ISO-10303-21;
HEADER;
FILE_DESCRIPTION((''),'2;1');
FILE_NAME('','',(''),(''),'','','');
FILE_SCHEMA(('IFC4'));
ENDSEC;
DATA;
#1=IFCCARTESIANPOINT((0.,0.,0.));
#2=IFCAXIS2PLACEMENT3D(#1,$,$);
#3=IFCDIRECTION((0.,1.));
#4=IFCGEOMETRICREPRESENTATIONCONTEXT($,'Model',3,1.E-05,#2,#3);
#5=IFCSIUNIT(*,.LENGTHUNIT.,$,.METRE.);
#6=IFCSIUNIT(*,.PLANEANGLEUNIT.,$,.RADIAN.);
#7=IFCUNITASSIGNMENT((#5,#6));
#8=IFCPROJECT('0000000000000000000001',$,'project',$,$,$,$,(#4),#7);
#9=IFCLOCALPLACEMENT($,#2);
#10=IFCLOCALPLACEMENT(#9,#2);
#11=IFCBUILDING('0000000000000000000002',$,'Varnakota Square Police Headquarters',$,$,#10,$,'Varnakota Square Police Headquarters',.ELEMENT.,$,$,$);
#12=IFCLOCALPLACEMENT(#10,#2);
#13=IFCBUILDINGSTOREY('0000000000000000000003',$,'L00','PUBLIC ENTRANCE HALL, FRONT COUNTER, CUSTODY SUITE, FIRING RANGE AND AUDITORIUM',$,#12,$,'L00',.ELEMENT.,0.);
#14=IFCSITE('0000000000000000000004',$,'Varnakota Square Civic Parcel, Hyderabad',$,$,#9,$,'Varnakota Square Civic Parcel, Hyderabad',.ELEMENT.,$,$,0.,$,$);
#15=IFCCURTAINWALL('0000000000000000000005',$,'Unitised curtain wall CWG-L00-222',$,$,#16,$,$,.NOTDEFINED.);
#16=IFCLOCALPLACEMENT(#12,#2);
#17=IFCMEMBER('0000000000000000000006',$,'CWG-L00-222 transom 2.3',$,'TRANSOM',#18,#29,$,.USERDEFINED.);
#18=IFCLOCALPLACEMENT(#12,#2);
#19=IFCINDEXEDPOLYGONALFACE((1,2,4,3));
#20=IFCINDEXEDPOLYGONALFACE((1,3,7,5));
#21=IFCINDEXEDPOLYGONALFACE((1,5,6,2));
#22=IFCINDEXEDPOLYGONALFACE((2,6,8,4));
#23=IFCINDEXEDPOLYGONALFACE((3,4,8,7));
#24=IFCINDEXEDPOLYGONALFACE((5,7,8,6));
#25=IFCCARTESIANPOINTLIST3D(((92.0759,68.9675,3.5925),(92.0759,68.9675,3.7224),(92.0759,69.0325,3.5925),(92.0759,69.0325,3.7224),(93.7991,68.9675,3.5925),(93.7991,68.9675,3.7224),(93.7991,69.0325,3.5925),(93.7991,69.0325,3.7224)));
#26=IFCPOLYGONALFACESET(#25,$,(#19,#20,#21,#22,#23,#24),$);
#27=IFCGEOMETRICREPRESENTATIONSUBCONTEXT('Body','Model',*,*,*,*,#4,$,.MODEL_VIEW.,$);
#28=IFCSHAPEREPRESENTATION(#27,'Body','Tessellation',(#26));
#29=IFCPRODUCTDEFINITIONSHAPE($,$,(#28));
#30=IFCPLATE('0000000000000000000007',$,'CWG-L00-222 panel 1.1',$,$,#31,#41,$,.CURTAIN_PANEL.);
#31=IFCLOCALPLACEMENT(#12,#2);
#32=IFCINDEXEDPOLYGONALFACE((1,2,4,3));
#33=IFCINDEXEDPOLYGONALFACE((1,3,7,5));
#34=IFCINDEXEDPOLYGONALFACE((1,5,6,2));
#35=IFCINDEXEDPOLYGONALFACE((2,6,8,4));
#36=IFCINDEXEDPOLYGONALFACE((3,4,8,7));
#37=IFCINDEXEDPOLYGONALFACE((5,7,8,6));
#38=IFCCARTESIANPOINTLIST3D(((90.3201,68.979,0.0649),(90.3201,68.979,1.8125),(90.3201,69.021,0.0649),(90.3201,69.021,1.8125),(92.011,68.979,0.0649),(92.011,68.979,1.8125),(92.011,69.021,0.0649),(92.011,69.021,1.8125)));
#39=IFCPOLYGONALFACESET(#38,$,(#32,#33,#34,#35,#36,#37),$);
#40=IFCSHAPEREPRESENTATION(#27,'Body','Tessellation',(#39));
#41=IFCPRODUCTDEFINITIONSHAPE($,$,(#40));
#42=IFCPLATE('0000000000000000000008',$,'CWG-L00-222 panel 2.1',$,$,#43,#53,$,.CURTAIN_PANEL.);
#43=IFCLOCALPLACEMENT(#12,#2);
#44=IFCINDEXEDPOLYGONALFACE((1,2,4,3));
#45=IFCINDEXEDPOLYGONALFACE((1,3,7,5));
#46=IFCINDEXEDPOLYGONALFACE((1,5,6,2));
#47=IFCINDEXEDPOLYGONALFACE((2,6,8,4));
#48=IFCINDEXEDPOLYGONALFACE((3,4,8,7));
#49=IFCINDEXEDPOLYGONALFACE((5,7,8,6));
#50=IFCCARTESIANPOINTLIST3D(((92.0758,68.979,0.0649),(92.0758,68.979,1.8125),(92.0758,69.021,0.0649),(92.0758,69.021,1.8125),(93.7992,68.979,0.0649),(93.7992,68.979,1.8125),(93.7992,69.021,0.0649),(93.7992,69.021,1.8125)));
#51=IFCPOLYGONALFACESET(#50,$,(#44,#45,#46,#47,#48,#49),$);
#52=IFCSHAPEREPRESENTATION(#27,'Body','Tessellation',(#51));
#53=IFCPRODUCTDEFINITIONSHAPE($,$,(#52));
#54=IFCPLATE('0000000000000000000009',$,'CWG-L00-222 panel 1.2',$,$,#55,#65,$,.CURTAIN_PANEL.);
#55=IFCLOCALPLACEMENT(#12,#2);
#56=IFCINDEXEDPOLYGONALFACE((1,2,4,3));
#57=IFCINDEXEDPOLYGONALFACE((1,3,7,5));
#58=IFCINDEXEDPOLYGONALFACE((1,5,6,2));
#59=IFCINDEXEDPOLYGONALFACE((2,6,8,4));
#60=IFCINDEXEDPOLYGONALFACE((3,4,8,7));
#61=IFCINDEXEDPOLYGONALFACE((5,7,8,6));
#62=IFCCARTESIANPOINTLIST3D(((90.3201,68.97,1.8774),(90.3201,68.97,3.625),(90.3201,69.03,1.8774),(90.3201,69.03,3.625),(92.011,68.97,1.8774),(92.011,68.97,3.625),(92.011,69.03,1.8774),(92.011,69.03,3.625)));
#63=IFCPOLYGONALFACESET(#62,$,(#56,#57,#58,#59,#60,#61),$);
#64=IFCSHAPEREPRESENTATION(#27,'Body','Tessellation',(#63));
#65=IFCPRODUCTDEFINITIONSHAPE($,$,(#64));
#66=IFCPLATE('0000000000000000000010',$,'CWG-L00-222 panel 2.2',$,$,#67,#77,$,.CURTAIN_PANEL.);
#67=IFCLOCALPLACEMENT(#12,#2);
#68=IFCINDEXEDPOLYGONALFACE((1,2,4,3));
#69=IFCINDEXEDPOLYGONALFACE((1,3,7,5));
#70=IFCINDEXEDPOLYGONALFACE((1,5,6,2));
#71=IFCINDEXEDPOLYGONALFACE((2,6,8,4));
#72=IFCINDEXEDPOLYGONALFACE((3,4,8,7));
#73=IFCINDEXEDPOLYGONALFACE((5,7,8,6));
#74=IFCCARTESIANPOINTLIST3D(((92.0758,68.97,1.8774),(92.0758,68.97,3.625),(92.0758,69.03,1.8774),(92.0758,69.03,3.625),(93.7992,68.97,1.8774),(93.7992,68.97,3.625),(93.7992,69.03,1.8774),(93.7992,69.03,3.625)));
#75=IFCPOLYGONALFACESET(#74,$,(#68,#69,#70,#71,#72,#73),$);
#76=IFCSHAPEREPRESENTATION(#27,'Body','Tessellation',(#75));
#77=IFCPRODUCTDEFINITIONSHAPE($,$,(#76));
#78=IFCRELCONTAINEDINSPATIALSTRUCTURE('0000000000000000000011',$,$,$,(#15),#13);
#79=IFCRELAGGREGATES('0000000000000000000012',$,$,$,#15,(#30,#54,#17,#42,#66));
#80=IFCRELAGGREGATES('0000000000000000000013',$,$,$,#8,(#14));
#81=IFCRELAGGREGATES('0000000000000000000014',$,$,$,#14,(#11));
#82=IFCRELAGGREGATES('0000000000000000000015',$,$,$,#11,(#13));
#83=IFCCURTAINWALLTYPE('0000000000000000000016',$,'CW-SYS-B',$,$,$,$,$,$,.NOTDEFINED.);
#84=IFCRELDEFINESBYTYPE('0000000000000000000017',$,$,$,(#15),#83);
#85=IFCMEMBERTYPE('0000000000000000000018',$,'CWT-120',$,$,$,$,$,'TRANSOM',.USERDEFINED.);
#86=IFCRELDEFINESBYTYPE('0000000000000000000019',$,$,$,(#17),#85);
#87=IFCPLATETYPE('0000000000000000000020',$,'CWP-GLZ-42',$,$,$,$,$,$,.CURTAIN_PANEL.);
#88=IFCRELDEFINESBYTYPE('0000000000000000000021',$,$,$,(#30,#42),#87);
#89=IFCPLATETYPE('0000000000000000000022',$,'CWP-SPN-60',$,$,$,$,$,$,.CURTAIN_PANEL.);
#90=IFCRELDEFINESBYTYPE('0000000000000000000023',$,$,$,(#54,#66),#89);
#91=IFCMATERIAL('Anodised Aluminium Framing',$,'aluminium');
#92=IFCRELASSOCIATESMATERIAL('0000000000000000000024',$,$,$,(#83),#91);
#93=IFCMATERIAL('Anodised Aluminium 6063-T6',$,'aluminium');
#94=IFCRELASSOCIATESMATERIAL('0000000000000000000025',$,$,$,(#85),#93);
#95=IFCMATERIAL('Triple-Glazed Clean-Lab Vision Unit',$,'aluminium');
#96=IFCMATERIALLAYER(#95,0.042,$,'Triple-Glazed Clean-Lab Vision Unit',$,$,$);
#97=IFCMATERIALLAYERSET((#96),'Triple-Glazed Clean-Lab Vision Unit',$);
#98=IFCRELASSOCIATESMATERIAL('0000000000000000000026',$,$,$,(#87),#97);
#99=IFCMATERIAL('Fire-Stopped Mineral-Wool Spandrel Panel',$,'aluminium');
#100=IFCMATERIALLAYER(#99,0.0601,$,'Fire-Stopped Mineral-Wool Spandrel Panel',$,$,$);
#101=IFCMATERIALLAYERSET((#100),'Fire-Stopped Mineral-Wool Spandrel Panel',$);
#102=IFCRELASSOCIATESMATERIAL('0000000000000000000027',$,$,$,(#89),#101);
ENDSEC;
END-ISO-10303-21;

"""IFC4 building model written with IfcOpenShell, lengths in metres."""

from ifc_helpers import new_model, si_unit, direction, frame, origin, origin_2d, place, context, subcontext, project, spatial, rectangle, extrude, material, layer, layer_set, material_profile, profile_set, type_object, element, aggregate, save


model = new_model("IFC4")

# Units and contexts
model_context = context("Model", 3, precision=1e-05, world=origin(), true_north=direction((0.0, 1.0)))
body_context = subcontext(model_context, "Body", "Model", "MODEL_VIEW")
ifc_project = project(units=[si_unit("LENGTHUNIT", "METRE"), si_unit("PLANEANGLEUNIT", "RADIAN")], contexts=[model_context])

# Site, building, storey
site_placement = place(None, origin())
site = spatial("IfcSite", under=ifc_project, at=site_placement, Name="Varnakota Square Civic Parcel, Hyderabad", LongName="Varnakota Square Civic Parcel, Hyderabad", CompositionType="ELEMENT", RefElevation=0.0)
building_placement = place(site_placement, origin())
building = spatial("IfcBuilding", under=site, at=building_placement, Name="Varnakota Square Police Headquarters", LongName="Varnakota Square Police Headquarters", CompositionType="ELEMENT")
storey_placement = place(building_placement, origin())
storey = spatial("IfcBuildingStorey", under=building, at=storey_placement, Name="L00", Description="PUBLIC ENTRANCE HALL, FRONT COUNTER, CUSTODY SUITE, FIRING RANGE AND AUDITORIUM", LongName="L00", CompositionType="ELEMENT", Elevation=0.0)

# Curtain wall, member, plates
ifc_material_1 = material(Name="Anodised Aluminium Framing", Category="aluminium")
curtain_wall_type = type_object("IfcCurtainWallType", Name="CW-SYS-B", PredefinedType="NOTDEFINED", material=ifc_material_1)
curtain_wall_placement = place(storey_placement, origin())
curtain_wall = element("IfcCurtainWall", 1, at=curtain_wall_placement, inside=storey, type_object=curtain_wall_type, Name="Unitised curtain wall CWG-L00-222", PredefinedType="NOTDEFINED")
ifc_material_2 = material(Name="Anodised Aluminium 6063-T6", Category="aluminium")
ifc_material_profile_1 = material_profile(ifc_material_2, rectangle(XDim=0.0649, YDim=0.1299, at=origin_2d()), Name="ALU TRANSOM 65x130")
ifc_profile_set_1 = profile_set([ifc_material_profile_1], Name="Anodised Aluminium 6063-T6")
member_type_1 = type_object("IfcMemberType", Name="CWT-120", ElementType="TRANSOM", PredefinedType="USERDEFINED", material=ifc_profile_set_1)
member_1_placement = place(storey_placement, frame((92.0759, 69.0, 3.6575), z_axis=(1.0, 0.0, 0.0), x_axis=(0.0, 1.0, 0.0)))
member_1 = element("IfcMember", 2, at=member_1_placement, type_object=member_type_1, Name="CWG-L00-222 transom 2.3", ObjectType="TRANSOM", PredefinedType="USERDEFINED", context=body_context, shape_type="SweptSolid", body=[
    extrude(rectangle(XDim=0.0649, YDim=0.1299, at=origin_2d()), origin(), (0.0, 0.0, 1.0), 1.7231),
])
ifc_material_3 = material(Name="Triple-Glazed Clean-Lab Vision Unit", Category="aluminium")
ifc_layer_1 = layer(ifc_material_3, 0.042, Name="Triple-Glazed Clean-Lab Vision Unit")
ifc_layer_set_1 = layer_set([ifc_layer_1], Name="Triple-Glazed Clean-Lab Vision Unit")
plate_type_1 = type_object("IfcPlateType", Name="CWP-GLZ-42", PredefinedType="CURTAIN_PANEL", material=ifc_layer_set_1)
plate_1_placement = place(storey_placement, frame((91.1655, 69.0, 0.0649), z_axis=(0.0, 0.0, 1.0), x_axis=(1.0, 0.0, 0.0)))
plate_1 = element("IfcPlate", 3, at=plate_1_placement, type_object=plate_type_1, Name="CWG-L00-222 panel 1.1", PredefinedType="CURTAIN_PANEL", context=body_context, shape_type="SweptSolid", body=[
    extrude(rectangle(XDim=1.6909, YDim=0.042, at=origin_2d()), origin(), (0.0, 0.0, 1.0), 1.7476),
])
plate_2_placement = place(storey_placement, frame((92.9375, 69.0, 0.0649), z_axis=(0.0, 0.0, 1.0), x_axis=(1.0, 0.0, 0.0)))
plate_2 = element("IfcPlate", 4, at=plate_2_placement, type_object=plate_type_1, Name="CWG-L00-222 panel 2.1", PredefinedType="CURTAIN_PANEL", context=body_context, shape_type="SweptSolid", body=[
    extrude(rectangle(XDim=1.7234, YDim=0.042, at=origin_2d()), origin(), (0.0, 0.0, 1.0), 1.7476),
])
ifc_material_4 = material(Name="Fire-Stopped Mineral-Wool Spandrel Panel", Category="aluminium")
ifc_layer_2 = layer(ifc_material_4, 0.0601, Name="Fire-Stopped Mineral-Wool Spandrel Panel")
ifc_layer_set_2 = layer_set([ifc_layer_2], Name="Fire-Stopped Mineral-Wool Spandrel Panel")
plate_type_2 = type_object("IfcPlateType", Name="CWP-SPN-60", PredefinedType="CURTAIN_PANEL", material=ifc_layer_set_2)
plate_3_placement = place(storey_placement, frame((91.1655, 69.0, 1.8774), z_axis=(0.0, 0.0, 1.0), x_axis=(1.0, 0.0, 0.0)))
plate_3 = element("IfcPlate", 5, at=plate_3_placement, type_object=plate_type_2, Name="CWG-L00-222 panel 1.2", PredefinedType="CURTAIN_PANEL", context=body_context, shape_type="SweptSolid", body=[
    extrude(rectangle(XDim=1.6909, YDim=0.0601, at=origin_2d()), origin(), (0.0, 0.0, 1.0), 1.7476),
])
plate_4_placement = place(storey_placement, frame((92.9375, 69.0, 1.8774), z_axis=(0.0, 0.0, 1.0), x_axis=(1.0, 0.0, 0.0)))
plate_4 = element("IfcPlate", 6, at=plate_4_placement, type_object=plate_type_2, Name="CWG-L00-222 panel 2.2", PredefinedType="CURTAIN_PANEL", context=body_context, shape_type="SweptSolid", body=[
    extrude(rectangle(XDim=1.7234, YDim=0.0601, at=origin_2d()), origin(), (0.0, 0.0, 1.0), 1.7476),
])
aggregate(curtain_wall, [plate_1, plate_3, member_1, plate_2, plate_4])

save(model, "model.ifc")
